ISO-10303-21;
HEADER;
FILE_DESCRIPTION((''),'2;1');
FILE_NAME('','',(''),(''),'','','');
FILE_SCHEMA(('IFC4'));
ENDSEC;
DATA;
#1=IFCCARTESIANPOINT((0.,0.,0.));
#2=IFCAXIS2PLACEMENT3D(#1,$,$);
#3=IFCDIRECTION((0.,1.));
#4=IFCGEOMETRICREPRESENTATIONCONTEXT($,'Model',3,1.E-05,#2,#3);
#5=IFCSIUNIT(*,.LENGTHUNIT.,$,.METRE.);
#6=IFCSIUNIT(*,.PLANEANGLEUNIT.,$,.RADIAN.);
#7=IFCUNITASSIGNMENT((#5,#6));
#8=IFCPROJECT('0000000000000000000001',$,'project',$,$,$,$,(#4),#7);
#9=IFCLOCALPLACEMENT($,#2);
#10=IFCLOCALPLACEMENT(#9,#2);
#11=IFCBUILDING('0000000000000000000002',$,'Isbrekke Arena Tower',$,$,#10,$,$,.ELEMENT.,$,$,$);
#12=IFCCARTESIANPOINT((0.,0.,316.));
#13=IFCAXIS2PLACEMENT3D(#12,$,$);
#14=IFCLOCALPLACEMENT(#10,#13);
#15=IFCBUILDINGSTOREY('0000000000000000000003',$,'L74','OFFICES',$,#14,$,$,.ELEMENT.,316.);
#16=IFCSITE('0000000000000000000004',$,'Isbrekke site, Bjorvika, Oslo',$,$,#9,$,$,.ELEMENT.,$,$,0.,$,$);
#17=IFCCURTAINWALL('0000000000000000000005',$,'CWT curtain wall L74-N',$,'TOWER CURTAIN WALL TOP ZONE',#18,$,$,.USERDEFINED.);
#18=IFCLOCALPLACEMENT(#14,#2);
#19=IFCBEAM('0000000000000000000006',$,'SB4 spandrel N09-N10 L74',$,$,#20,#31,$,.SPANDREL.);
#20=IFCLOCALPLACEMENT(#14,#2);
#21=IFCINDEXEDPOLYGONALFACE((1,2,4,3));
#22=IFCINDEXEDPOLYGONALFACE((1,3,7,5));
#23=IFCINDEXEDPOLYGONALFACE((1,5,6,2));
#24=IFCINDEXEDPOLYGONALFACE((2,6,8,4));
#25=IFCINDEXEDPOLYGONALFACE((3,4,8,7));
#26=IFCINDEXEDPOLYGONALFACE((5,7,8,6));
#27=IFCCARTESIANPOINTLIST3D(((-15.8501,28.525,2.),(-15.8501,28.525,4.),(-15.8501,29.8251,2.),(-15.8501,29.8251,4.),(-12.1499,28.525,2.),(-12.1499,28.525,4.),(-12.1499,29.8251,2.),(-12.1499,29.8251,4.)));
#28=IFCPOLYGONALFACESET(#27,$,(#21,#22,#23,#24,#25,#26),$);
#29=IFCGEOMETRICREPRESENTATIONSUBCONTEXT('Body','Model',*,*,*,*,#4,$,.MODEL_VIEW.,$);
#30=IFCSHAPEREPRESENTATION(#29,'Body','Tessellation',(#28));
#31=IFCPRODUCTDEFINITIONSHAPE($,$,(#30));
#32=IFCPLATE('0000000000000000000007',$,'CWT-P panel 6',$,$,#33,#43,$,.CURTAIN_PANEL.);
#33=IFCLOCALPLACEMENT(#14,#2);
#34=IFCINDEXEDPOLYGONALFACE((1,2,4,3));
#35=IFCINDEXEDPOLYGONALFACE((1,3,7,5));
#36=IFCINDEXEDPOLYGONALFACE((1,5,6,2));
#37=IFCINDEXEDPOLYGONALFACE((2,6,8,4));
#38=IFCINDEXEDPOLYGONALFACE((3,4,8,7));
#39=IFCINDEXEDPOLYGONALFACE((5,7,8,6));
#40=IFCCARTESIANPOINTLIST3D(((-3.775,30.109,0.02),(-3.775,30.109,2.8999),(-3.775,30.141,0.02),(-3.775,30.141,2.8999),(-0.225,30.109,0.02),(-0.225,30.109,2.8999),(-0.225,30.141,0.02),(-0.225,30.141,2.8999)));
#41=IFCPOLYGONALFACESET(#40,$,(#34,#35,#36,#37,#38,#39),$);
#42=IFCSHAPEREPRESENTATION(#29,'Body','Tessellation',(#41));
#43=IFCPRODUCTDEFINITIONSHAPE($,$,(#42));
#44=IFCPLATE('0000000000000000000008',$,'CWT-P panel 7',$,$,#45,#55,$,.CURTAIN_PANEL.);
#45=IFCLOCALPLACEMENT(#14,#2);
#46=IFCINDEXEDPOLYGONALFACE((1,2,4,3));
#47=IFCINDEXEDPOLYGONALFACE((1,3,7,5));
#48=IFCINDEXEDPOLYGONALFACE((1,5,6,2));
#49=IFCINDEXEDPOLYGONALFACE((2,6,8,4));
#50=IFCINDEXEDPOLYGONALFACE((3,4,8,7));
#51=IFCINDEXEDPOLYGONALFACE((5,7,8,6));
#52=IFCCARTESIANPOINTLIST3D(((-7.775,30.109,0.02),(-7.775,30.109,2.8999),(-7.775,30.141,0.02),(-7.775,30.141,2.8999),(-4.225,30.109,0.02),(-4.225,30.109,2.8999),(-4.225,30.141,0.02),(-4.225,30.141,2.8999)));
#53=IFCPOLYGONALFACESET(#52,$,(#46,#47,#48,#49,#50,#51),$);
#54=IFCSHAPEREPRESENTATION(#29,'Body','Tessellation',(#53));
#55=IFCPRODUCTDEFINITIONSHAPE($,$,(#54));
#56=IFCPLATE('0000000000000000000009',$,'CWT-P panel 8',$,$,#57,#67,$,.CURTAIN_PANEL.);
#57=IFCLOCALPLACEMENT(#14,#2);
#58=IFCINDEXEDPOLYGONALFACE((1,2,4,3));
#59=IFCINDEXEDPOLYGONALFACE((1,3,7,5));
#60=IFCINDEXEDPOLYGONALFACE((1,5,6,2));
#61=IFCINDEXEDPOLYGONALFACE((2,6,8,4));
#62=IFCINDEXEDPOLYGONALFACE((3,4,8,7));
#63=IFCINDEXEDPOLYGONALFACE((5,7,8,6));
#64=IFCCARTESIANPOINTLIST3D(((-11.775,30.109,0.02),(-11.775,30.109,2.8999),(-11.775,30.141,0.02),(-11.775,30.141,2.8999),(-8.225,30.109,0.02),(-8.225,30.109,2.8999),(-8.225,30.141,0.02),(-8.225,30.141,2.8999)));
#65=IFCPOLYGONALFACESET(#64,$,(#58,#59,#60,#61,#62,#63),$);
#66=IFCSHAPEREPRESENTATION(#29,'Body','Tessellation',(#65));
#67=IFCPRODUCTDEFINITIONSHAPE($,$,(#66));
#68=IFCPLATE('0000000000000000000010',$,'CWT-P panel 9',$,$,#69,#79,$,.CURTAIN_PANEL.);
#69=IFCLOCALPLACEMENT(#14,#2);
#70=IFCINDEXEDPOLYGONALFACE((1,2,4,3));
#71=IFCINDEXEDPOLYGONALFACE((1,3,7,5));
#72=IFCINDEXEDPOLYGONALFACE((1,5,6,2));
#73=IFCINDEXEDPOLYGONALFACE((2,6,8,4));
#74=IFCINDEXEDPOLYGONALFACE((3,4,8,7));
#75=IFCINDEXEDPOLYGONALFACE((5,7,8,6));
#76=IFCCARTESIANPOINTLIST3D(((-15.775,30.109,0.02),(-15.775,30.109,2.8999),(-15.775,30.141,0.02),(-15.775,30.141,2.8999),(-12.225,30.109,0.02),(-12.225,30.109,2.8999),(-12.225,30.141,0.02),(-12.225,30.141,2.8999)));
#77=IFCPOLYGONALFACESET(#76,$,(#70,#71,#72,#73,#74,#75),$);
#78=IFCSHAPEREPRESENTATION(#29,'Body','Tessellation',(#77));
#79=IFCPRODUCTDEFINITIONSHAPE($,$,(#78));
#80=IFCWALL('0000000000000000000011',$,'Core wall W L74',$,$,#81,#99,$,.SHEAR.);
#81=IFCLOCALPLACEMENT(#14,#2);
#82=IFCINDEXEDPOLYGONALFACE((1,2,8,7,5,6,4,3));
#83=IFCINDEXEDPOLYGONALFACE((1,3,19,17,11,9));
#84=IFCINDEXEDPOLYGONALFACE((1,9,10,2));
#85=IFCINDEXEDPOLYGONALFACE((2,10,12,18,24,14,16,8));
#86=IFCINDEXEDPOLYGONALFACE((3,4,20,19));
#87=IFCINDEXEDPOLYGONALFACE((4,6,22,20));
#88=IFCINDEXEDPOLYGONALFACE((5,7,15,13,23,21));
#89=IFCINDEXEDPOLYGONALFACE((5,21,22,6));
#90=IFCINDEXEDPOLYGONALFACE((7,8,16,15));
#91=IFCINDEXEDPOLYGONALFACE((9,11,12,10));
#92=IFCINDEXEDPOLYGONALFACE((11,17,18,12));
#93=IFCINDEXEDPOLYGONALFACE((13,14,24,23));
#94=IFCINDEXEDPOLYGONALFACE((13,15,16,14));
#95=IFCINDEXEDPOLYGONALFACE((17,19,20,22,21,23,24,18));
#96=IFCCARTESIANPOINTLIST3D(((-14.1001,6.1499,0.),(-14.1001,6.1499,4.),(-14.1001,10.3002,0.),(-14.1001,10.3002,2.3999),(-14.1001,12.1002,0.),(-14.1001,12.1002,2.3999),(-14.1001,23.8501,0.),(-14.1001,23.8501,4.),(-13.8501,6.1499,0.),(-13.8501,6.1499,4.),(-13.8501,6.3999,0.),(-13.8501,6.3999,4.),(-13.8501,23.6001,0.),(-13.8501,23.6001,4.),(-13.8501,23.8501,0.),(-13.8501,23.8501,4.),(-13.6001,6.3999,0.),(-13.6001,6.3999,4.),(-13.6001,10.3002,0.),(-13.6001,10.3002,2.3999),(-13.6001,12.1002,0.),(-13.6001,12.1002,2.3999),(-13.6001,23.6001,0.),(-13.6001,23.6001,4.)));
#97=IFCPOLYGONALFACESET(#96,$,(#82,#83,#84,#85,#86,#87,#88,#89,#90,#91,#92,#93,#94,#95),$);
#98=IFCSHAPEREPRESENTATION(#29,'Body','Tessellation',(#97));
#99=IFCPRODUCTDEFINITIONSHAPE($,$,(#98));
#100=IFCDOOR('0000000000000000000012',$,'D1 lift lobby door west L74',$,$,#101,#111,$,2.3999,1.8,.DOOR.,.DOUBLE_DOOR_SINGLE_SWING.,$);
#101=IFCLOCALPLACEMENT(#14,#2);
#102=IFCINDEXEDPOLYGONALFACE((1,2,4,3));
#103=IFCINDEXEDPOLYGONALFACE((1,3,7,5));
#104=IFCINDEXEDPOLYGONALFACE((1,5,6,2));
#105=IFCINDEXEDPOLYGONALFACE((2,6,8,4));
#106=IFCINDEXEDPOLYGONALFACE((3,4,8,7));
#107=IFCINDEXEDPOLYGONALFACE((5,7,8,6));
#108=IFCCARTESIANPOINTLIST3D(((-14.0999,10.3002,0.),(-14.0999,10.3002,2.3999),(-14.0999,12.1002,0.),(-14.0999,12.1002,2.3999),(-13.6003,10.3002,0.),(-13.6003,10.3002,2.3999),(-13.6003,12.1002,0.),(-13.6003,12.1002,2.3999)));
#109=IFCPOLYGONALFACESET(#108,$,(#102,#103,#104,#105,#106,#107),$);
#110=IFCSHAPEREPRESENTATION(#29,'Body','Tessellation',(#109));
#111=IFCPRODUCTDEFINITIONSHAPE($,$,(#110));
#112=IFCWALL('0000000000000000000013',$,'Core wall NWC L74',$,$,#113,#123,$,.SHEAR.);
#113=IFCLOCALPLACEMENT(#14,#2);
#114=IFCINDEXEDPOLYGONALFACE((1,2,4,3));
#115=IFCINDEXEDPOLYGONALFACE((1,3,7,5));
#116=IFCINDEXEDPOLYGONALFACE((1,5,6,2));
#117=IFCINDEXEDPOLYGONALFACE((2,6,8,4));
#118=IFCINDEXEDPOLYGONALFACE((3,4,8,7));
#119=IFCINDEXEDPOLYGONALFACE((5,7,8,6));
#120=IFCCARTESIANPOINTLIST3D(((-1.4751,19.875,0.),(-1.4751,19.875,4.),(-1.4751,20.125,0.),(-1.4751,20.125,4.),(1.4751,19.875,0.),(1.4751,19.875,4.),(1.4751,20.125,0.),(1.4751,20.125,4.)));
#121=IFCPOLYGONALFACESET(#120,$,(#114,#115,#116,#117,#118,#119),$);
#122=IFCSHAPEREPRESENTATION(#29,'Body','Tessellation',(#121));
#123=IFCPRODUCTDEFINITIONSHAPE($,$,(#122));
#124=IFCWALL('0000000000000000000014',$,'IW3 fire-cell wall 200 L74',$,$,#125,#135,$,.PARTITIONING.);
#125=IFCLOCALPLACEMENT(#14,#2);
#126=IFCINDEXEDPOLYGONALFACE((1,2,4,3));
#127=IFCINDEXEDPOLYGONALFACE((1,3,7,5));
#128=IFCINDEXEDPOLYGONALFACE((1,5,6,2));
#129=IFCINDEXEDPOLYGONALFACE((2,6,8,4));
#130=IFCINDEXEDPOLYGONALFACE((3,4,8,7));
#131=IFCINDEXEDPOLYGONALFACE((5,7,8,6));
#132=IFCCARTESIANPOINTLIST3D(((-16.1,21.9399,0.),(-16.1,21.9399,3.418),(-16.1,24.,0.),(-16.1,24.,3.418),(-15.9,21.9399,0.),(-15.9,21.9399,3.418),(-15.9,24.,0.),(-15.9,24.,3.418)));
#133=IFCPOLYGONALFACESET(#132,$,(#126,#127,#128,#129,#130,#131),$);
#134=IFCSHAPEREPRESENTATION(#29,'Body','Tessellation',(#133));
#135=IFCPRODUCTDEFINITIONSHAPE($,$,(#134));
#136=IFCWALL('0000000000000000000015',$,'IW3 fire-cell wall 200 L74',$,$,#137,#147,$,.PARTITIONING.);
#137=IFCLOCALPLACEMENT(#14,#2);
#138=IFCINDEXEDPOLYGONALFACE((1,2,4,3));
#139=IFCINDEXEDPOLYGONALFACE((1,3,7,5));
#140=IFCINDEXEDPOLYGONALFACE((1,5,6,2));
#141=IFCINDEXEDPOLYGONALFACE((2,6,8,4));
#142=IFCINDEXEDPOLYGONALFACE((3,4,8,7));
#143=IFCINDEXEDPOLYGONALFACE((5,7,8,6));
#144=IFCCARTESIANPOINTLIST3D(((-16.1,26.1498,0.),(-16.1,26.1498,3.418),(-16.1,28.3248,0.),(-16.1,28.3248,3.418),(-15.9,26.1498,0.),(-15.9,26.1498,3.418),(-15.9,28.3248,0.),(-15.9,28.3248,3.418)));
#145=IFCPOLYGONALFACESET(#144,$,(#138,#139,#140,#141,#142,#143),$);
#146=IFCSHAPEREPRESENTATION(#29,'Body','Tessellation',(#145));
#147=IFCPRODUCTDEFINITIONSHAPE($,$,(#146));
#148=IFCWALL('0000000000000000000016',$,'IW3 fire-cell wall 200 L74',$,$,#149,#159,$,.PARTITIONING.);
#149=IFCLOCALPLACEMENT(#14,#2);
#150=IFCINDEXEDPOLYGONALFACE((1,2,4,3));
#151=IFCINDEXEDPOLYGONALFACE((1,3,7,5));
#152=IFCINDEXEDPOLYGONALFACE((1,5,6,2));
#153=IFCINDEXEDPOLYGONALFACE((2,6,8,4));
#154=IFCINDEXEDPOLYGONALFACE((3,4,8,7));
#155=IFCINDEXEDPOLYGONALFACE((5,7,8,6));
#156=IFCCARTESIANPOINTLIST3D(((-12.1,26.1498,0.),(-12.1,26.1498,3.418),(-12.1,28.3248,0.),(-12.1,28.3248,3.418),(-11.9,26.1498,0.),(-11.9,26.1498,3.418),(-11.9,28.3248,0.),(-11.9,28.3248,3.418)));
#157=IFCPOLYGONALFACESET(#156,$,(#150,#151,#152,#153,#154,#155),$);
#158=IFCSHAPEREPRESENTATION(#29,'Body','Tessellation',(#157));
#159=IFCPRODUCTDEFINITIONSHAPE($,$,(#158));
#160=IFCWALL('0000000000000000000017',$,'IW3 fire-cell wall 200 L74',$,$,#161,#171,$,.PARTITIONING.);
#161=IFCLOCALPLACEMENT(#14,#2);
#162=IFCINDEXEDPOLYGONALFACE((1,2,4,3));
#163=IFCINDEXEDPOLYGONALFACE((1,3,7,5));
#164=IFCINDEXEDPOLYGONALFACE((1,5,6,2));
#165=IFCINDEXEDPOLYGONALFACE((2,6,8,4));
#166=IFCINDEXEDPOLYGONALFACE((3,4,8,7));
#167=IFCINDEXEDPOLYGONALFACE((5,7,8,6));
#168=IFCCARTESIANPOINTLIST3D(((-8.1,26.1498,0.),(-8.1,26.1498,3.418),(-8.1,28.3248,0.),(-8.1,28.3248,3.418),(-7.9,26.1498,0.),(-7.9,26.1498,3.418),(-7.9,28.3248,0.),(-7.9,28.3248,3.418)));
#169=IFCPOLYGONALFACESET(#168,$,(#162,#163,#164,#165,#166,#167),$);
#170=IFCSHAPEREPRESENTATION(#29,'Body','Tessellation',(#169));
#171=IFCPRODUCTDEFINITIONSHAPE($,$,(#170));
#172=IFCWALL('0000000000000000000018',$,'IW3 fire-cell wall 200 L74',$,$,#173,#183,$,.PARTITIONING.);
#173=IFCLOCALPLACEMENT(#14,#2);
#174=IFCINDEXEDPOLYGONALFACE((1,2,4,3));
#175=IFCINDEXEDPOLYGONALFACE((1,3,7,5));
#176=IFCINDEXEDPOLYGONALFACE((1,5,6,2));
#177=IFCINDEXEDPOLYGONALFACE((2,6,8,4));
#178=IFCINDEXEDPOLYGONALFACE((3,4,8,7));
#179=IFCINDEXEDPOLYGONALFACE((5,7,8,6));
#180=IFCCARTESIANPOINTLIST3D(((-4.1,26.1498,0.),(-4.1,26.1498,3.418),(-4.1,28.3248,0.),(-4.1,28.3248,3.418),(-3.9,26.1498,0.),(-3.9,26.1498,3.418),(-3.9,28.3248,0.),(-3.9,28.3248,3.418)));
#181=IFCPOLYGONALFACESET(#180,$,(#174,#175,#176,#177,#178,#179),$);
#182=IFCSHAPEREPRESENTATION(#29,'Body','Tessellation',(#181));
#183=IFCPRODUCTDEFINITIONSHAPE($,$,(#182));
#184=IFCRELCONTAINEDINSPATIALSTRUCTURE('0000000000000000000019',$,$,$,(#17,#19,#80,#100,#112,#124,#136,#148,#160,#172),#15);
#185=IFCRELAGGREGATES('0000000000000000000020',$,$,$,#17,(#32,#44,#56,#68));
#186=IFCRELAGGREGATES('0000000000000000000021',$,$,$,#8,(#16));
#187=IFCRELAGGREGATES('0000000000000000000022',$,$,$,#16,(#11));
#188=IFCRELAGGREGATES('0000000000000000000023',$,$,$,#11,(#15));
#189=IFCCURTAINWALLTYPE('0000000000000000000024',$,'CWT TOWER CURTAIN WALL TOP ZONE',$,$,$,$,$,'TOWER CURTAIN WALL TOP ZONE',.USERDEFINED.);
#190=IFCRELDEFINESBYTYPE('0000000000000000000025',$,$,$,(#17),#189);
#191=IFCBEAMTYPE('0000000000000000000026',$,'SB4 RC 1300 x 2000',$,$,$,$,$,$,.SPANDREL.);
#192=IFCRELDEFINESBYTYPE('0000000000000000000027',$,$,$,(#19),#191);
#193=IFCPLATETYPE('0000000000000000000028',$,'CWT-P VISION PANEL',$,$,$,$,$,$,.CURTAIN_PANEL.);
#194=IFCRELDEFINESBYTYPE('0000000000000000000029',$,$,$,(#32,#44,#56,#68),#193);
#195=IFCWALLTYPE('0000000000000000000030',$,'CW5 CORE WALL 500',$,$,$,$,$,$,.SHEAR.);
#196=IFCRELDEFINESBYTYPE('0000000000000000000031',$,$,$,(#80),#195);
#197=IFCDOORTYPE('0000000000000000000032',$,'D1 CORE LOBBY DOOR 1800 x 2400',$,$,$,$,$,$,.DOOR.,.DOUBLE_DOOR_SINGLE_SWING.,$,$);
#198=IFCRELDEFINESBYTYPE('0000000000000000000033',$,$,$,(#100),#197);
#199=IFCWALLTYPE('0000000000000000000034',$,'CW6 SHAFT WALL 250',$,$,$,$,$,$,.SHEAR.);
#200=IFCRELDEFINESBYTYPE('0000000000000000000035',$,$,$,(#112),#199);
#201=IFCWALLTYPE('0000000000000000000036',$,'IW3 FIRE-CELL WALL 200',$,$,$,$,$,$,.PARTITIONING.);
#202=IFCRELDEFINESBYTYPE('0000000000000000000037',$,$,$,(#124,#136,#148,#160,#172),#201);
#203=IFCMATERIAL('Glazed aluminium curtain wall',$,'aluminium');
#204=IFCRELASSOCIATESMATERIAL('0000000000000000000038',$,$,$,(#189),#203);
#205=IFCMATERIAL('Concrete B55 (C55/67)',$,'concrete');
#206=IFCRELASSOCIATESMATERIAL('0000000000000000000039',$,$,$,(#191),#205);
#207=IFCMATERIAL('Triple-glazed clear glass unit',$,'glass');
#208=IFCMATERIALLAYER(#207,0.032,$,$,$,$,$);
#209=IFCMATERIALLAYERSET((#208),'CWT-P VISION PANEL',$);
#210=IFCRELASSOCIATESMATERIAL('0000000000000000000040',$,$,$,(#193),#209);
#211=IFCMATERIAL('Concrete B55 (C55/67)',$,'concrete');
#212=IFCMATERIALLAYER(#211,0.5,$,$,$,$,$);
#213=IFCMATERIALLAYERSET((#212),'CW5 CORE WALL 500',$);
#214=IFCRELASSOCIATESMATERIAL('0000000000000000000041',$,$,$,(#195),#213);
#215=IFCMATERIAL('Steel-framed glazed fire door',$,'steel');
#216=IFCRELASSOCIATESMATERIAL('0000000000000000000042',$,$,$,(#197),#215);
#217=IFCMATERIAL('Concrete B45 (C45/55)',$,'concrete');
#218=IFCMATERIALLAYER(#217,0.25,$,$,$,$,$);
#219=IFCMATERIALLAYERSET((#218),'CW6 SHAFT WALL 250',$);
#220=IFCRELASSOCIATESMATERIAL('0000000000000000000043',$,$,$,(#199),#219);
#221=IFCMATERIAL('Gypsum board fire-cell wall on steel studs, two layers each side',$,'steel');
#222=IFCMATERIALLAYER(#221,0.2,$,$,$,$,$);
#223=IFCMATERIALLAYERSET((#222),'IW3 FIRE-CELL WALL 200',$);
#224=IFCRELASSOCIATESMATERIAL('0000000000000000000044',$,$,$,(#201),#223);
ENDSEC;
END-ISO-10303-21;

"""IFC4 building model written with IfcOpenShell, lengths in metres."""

from ifc_helpers import new_model, si_unit, direction, frame, frame_2d, origin, origin_2d, place, context, subcontext, project, spatial, polyline, rectangle, outline, extrude, material, layer, layer_set, material_profile, profile_set, type_object, element, fill, aggregate, save


model = new_model("IFC4")

# Units and contexts
model_context = context("Model", 3, precision=1e-05, world=origin(), true_north=direction((0.0, 1.0)))
body_context = subcontext(model_context, "Body", "Model", "MODEL_VIEW")
ifc_project = project(units=[si_unit("LENGTHUNIT", "METRE"), si_unit("PLANEANGLEUNIT", "RADIAN")], contexts=[model_context])

# Site, building, storey
site_placement = place(None, origin())
site = spatial("IfcSite", under=ifc_project, at=site_placement, Name="Isbrekke site, Bjorvika, Oslo", CompositionType="ELEMENT", RefElevation=0.0)
building_placement = place(site_placement, origin())
building = spatial("IfcBuilding", under=site, at=building_placement, Name="Isbrekke Arena Tower", CompositionType="ELEMENT")
storey_placement = place(building_placement, frame((0.0, 0.0, 316.0)))
storey = spatial("IfcBuildingStorey", under=building, at=storey_placement, Name="L74", Description="OFFICES", CompositionType="ELEMENT", Elevation=316.0)

# Curtain wall
ifc_material_1 = material(Name="Glazed aluminium curtain wall", Category="aluminium")
curtain_wall_type = type_object("IfcCurtainWallType", Name="CWT TOWER CURTAIN WALL TOP ZONE", ElementType="TOWER CURTAIN WALL TOP ZONE", PredefinedType="USERDEFINED", material=ifc_material_1)
curtain_wall_placement = place(storey_placement, origin())
curtain_wall = element("IfcCurtainWall", 1, at=curtain_wall_placement, inside=storey, type_object=curtain_wall_type, Name="CWT curtain wall L74-N", ObjectType="TOWER CURTAIN WALL TOP ZONE", PredefinedType="USERDEFINED")

# Beam
ifc_material_2 = material(Name="Concrete B55 (C55/67)", Category="concrete")
ifc_material_profile_1 = material_profile(ifc_material_2, rectangle(XDim=1.3, YDim=2.0, at=origin_2d()), Name="RC 1300x2000")
ifc_profile_set_1 = profile_set([ifc_material_profile_1], Name="Concrete B55 (C55/67)")
beam_type_1 = type_object("IfcBeamType", Name="SB4 RC 1300 x 2000", PredefinedType="SPANDREL", material=ifc_profile_set_1)
for number, where, z_axis, x_axis, name in (
    (2, (-12.1499, 29.175, 3.0), (-1.0, 0.0, 0.0), (0.0, -1.0, 0.0), "SB4 spandrel N09-N10 L74"),
):
    element("IfcBeam", number, at=place(storey_placement, frame(where, z_axis=z_axis, x_axis=x_axis)), inside=storey, type_object=beam_type_1, Name=name, PredefinedType="SPANDREL", context=body_context, shape_type="SweptSolid", body=[
        extrude(rectangle(XDim=1.3, YDim=2.0, at=origin_2d()), origin(), (0.0, 0.0, 1.0), 3.7002),
    ])

# Plates
ifc_material_3 = material(Name="Triple-glazed clear glass unit", Category="glass")
ifc_layer_1 = layer(ifc_material_3, 0.032)
ifc_layer_set_1 = layer_set([ifc_layer_1], Name="CWT-P VISION PANEL")
plate_type = type_object("IfcPlateType", Name="CWT-P VISION PANEL", PredefinedType="CURTAIN_PANEL", material=ifc_layer_set_1)
plate_1_placement = place(storey_placement, frame((-2.0, 30.125, 0.02), z_axis=(0.0, 0.0, 1.0), x_axis=(-1.0, 0.0, 0.0)))
plate_1 = element("IfcPlate", 3, at=plate_1_placement, type_object=plate_type, Name="CWT-P panel 6", PredefinedType="CURTAIN_PANEL", context=body_context, shape_type="SweptSolid", body=[
    extrude(rectangle(XDim=3.55, YDim=0.032, at=origin_2d()), origin(), (0.0, 0.0, 1.0), 2.8799),
])
plate_2_placement = place(storey_placement, frame((-6.0, 30.125, 0.02), z_axis=(0.0, 0.0, 1.0), x_axis=(-1.0, 0.0, 0.0)))
plate_2 = element("IfcPlate", 4, at=plate_2_placement, type_object=plate_type, Name="CWT-P panel 7", PredefinedType="CURTAIN_PANEL", context=body_context, shape_type="SweptSolid", body=[
    extrude(rectangle(XDim=3.55, YDim=0.032, at=origin_2d()), origin(), (0.0, 0.0, 1.0), 2.8799),
])
plate_3_placement = place(storey_placement, frame((-10.0, 30.125, 0.02), z_axis=(0.0, 0.0, 1.0), x_axis=(-1.0, 0.0, 0.0)))
plate_3 = element("IfcPlate", 5, at=plate_3_placement, type_object=plate_type, Name="CWT-P panel 8", PredefinedType="CURTAIN_PANEL", context=body_context, shape_type="SweptSolid", body=[
    extrude(rectangle(XDim=3.55, YDim=0.032, at=origin_2d()), origin(), (0.0, 0.0, 1.0), 2.8799),
])
plate_4_placement = place(storey_placement, frame((-14.0, 30.125, 0.02), z_axis=(0.0, 0.0, 1.0), x_axis=(-1.0, 0.0, 0.0)))
plate_4 = element("IfcPlate", 6, at=plate_4_placement, type_object=plate_type, Name="CWT-P panel 9", PredefinedType="CURTAIN_PANEL", context=body_context, shape_type="SweptSolid", body=[
    extrude(rectangle(XDim=3.55, YDim=0.032, at=origin_2d()), origin(), (0.0, 0.0, 1.0), 2.8799),
])
aggregate(curtain_wall, [plate_1, plate_2, plate_3, plate_4])

# Wall, opening, door
ifc_material_4 = material(Name="Concrete B55 (C55/67)", Category="concrete")
ifc_layer_2 = layer(ifc_material_4, 0.5)
ifc_layer_set_2 = layer_set([ifc_layer_2], Name="CW5 CORE WALL 500")
wall_type_1 = type_object("IfcWallType", Name="CW5 CORE WALL 500", PredefinedType="SHEAR", material=ifc_layer_set_2)
wall_1_placement = place(storey_placement, frame((-13.8501, 23.8501, 0.0), z_axis=(0.0, 0.0, 1.0), x_axis=(0.0, -1.0, 0.0)))
wall_1 = element("IfcWall", 7, at=wall_1_placement, inside=storey, type_object=wall_type_1, Name="Core wall W L74", PredefinedType="SHEAR", context=body_context, shape_type="SweptSolid", body=[
    extrude(outline(polyline([(0.0, -0.25), (17.7002, -0.25), (17.7002, 0.0), (17.4502, 0.0), (17.4502, 0.25), (0.25, 0.25), (0.25, 0.0), (0.0, 0.0), (0.0, -0.25)])), origin(), (0.0, 0.0, 1.0), 4.0),
])
opening_1_placement = place(wall_1_placement, frame((11.75, 0.0, 0.0)))
opening_1 = element("IfcOpeningElement", 8, at=opening_1_placement, cuts=wall_1, PredefinedType="OPENING", context=body_context, shape_type="SweptSolid", body=[
    extrude(rectangle(XDim=1.8, YDim=2.3999, at=frame_2d((0.8999, 1.2))), frame((0.0, 0.2649, 0.0), z_axis=(0.0, -1.0, 0.0), x_axis=(1.0, 0.0, 0.0)), (0.0, 0.0, 1.0), 0.5298),
])
ifc_material_5 = material(Name="Steel-framed glazed fire door", Category="steel")
door_type_1 = type_object("IfcDoorType", Name="D1 CORE LOBBY DOOR 1800 x 2400", OperationType="DOUBLE_DOOR_SINGLE_SWING", PredefinedType="DOOR", material=ifc_material_5)
door_1_placement = place(opening_1_placement, origin())
door_1 = element("IfcDoor", 9, at=door_1_placement, inside=storey, type_object=door_type_1, Name="D1 lift lobby door west L74", OperationType="DOUBLE_DOOR_SINGLE_SWING", OverallHeight=2.3999, OverallWidth=1.8, PredefinedType="DOOR", context=body_context, shape_type="SweptSolid", body=[
    extrude(rectangle(XDim=1.8, YDim=2.3999, at=frame_2d((0.8999, 1.2))), frame((0.0, 0.2498, 0.0), z_axis=(0.0, -1.0, 0.0), x_axis=(1.0, 0.0, 0.0)), (0.0, 0.0, 1.0), 0.4995),
])
fill(opening_1, door_1)

# Wall
ifc_material_6 = material(Name="Concrete B45 (C45/55)", Category="concrete")
ifc_layer_3 = layer(ifc_material_6, 0.25)
ifc_layer_set_3 = layer_set([ifc_layer_3], Name="CW6 SHAFT WALL 250")
wall_type_2 = type_object("IfcWallType", Name="CW6 SHAFT WALL 250", PredefinedType="SHEAR", material=ifc_layer_set_3)
wall_2_placement = place(storey_placement, frame((-1.4751, 20.0, 0.0), z_axis=(0.0, 0.0, 1.0), x_axis=(1.0, 0.0, 0.0)))
element("IfcWall", 10, at=wall_2_placement, inside=storey, type_object=wall_type_2, Name="Core wall NWC L74", PredefinedType="SHEAR", context=body_context, shape_type="SweptSolid", body=[
    extrude(rectangle(XDim=2.9502, YDim=0.25, at=frame_2d((1.4751, 0.0))), origin(), (0.0, 0.0, 1.0), 4.0),
])

# Shared definitions
ifc_material_7 = material(Name="Gypsum board fire-cell wall on steel studs, two layers each side", Category="steel")
ifc_layer_4 = layer(ifc_material_7, 0.2)
ifc_layer_set_4 = layer_set([ifc_layer_4], Name="IW3 FIRE-CELL WALL 200")
wall_type_3 = type_object("IfcWallType", Name="IW3 FIRE-CELL WALL 200", PredefinedType="PARTITIONING", material=ifc_layer_set_4)

# Walls
wall_3_placement = place(storey_placement, frame((-16.0, 21.9399, 0.0), z_axis=(0.0, 0.0, 1.0), x_axis=(0.0, 1.0, 0.0)))
element("IfcWall", 11, at=wall_3_placement, inside=storey, type_object=wall_type_3, Name="IW3 fire-cell wall 200 L74", PredefinedType="PARTITIONING", context=body_context, shape_type="SweptSolid", body=[
    extrude(rectangle(XDim=2.0601, YDim=0.2, at=frame_2d((1.03, 0.0))), origin(), (0.0, 0.0, 1.0), 3.418),
])
for number, where, z_axis, x_axis, name in (
    (12, (-16.0, 26.1499, 0.0), (0.0, 0.0, 1.0), (0.0, 1.0, 0.0), "IW3 fire-cell wall 200 L74"),
    (13, (-12.0, 26.1499, 0.0), (0.0, 0.0, 1.0), (0.0, 1.0, 0.0), "IW3 fire-cell wall 200 L74"),
    (14, (-8.0, 26.1499, 0.0), (0.0, 0.0, 1.0), (0.0, 1.0, 0.0), "IW3 fire-cell wall 200 L74"),
    (15, (-4.0, 26.1499, 0.0), (0.0, 0.0, 1.0), (0.0, 1.0, 0.0), "IW3 fire-cell wall 200 L74"),
):
    element("IfcWall", number, at=place(storey_placement, frame(where, z_axis=z_axis, x_axis=x_axis)), inside=storey, type_object=wall_type_3, Name=name, PredefinedType="PARTITIONING", context=body_context, shape_type="SweptSolid", body=[
        extrude(rectangle(XDim=2.175, YDim=0.2, at=frame_2d((1.0874, 0.0))), origin(), (0.0, 0.0, 1.0), 3.418),
    ])

save(model, "model.ifc")
